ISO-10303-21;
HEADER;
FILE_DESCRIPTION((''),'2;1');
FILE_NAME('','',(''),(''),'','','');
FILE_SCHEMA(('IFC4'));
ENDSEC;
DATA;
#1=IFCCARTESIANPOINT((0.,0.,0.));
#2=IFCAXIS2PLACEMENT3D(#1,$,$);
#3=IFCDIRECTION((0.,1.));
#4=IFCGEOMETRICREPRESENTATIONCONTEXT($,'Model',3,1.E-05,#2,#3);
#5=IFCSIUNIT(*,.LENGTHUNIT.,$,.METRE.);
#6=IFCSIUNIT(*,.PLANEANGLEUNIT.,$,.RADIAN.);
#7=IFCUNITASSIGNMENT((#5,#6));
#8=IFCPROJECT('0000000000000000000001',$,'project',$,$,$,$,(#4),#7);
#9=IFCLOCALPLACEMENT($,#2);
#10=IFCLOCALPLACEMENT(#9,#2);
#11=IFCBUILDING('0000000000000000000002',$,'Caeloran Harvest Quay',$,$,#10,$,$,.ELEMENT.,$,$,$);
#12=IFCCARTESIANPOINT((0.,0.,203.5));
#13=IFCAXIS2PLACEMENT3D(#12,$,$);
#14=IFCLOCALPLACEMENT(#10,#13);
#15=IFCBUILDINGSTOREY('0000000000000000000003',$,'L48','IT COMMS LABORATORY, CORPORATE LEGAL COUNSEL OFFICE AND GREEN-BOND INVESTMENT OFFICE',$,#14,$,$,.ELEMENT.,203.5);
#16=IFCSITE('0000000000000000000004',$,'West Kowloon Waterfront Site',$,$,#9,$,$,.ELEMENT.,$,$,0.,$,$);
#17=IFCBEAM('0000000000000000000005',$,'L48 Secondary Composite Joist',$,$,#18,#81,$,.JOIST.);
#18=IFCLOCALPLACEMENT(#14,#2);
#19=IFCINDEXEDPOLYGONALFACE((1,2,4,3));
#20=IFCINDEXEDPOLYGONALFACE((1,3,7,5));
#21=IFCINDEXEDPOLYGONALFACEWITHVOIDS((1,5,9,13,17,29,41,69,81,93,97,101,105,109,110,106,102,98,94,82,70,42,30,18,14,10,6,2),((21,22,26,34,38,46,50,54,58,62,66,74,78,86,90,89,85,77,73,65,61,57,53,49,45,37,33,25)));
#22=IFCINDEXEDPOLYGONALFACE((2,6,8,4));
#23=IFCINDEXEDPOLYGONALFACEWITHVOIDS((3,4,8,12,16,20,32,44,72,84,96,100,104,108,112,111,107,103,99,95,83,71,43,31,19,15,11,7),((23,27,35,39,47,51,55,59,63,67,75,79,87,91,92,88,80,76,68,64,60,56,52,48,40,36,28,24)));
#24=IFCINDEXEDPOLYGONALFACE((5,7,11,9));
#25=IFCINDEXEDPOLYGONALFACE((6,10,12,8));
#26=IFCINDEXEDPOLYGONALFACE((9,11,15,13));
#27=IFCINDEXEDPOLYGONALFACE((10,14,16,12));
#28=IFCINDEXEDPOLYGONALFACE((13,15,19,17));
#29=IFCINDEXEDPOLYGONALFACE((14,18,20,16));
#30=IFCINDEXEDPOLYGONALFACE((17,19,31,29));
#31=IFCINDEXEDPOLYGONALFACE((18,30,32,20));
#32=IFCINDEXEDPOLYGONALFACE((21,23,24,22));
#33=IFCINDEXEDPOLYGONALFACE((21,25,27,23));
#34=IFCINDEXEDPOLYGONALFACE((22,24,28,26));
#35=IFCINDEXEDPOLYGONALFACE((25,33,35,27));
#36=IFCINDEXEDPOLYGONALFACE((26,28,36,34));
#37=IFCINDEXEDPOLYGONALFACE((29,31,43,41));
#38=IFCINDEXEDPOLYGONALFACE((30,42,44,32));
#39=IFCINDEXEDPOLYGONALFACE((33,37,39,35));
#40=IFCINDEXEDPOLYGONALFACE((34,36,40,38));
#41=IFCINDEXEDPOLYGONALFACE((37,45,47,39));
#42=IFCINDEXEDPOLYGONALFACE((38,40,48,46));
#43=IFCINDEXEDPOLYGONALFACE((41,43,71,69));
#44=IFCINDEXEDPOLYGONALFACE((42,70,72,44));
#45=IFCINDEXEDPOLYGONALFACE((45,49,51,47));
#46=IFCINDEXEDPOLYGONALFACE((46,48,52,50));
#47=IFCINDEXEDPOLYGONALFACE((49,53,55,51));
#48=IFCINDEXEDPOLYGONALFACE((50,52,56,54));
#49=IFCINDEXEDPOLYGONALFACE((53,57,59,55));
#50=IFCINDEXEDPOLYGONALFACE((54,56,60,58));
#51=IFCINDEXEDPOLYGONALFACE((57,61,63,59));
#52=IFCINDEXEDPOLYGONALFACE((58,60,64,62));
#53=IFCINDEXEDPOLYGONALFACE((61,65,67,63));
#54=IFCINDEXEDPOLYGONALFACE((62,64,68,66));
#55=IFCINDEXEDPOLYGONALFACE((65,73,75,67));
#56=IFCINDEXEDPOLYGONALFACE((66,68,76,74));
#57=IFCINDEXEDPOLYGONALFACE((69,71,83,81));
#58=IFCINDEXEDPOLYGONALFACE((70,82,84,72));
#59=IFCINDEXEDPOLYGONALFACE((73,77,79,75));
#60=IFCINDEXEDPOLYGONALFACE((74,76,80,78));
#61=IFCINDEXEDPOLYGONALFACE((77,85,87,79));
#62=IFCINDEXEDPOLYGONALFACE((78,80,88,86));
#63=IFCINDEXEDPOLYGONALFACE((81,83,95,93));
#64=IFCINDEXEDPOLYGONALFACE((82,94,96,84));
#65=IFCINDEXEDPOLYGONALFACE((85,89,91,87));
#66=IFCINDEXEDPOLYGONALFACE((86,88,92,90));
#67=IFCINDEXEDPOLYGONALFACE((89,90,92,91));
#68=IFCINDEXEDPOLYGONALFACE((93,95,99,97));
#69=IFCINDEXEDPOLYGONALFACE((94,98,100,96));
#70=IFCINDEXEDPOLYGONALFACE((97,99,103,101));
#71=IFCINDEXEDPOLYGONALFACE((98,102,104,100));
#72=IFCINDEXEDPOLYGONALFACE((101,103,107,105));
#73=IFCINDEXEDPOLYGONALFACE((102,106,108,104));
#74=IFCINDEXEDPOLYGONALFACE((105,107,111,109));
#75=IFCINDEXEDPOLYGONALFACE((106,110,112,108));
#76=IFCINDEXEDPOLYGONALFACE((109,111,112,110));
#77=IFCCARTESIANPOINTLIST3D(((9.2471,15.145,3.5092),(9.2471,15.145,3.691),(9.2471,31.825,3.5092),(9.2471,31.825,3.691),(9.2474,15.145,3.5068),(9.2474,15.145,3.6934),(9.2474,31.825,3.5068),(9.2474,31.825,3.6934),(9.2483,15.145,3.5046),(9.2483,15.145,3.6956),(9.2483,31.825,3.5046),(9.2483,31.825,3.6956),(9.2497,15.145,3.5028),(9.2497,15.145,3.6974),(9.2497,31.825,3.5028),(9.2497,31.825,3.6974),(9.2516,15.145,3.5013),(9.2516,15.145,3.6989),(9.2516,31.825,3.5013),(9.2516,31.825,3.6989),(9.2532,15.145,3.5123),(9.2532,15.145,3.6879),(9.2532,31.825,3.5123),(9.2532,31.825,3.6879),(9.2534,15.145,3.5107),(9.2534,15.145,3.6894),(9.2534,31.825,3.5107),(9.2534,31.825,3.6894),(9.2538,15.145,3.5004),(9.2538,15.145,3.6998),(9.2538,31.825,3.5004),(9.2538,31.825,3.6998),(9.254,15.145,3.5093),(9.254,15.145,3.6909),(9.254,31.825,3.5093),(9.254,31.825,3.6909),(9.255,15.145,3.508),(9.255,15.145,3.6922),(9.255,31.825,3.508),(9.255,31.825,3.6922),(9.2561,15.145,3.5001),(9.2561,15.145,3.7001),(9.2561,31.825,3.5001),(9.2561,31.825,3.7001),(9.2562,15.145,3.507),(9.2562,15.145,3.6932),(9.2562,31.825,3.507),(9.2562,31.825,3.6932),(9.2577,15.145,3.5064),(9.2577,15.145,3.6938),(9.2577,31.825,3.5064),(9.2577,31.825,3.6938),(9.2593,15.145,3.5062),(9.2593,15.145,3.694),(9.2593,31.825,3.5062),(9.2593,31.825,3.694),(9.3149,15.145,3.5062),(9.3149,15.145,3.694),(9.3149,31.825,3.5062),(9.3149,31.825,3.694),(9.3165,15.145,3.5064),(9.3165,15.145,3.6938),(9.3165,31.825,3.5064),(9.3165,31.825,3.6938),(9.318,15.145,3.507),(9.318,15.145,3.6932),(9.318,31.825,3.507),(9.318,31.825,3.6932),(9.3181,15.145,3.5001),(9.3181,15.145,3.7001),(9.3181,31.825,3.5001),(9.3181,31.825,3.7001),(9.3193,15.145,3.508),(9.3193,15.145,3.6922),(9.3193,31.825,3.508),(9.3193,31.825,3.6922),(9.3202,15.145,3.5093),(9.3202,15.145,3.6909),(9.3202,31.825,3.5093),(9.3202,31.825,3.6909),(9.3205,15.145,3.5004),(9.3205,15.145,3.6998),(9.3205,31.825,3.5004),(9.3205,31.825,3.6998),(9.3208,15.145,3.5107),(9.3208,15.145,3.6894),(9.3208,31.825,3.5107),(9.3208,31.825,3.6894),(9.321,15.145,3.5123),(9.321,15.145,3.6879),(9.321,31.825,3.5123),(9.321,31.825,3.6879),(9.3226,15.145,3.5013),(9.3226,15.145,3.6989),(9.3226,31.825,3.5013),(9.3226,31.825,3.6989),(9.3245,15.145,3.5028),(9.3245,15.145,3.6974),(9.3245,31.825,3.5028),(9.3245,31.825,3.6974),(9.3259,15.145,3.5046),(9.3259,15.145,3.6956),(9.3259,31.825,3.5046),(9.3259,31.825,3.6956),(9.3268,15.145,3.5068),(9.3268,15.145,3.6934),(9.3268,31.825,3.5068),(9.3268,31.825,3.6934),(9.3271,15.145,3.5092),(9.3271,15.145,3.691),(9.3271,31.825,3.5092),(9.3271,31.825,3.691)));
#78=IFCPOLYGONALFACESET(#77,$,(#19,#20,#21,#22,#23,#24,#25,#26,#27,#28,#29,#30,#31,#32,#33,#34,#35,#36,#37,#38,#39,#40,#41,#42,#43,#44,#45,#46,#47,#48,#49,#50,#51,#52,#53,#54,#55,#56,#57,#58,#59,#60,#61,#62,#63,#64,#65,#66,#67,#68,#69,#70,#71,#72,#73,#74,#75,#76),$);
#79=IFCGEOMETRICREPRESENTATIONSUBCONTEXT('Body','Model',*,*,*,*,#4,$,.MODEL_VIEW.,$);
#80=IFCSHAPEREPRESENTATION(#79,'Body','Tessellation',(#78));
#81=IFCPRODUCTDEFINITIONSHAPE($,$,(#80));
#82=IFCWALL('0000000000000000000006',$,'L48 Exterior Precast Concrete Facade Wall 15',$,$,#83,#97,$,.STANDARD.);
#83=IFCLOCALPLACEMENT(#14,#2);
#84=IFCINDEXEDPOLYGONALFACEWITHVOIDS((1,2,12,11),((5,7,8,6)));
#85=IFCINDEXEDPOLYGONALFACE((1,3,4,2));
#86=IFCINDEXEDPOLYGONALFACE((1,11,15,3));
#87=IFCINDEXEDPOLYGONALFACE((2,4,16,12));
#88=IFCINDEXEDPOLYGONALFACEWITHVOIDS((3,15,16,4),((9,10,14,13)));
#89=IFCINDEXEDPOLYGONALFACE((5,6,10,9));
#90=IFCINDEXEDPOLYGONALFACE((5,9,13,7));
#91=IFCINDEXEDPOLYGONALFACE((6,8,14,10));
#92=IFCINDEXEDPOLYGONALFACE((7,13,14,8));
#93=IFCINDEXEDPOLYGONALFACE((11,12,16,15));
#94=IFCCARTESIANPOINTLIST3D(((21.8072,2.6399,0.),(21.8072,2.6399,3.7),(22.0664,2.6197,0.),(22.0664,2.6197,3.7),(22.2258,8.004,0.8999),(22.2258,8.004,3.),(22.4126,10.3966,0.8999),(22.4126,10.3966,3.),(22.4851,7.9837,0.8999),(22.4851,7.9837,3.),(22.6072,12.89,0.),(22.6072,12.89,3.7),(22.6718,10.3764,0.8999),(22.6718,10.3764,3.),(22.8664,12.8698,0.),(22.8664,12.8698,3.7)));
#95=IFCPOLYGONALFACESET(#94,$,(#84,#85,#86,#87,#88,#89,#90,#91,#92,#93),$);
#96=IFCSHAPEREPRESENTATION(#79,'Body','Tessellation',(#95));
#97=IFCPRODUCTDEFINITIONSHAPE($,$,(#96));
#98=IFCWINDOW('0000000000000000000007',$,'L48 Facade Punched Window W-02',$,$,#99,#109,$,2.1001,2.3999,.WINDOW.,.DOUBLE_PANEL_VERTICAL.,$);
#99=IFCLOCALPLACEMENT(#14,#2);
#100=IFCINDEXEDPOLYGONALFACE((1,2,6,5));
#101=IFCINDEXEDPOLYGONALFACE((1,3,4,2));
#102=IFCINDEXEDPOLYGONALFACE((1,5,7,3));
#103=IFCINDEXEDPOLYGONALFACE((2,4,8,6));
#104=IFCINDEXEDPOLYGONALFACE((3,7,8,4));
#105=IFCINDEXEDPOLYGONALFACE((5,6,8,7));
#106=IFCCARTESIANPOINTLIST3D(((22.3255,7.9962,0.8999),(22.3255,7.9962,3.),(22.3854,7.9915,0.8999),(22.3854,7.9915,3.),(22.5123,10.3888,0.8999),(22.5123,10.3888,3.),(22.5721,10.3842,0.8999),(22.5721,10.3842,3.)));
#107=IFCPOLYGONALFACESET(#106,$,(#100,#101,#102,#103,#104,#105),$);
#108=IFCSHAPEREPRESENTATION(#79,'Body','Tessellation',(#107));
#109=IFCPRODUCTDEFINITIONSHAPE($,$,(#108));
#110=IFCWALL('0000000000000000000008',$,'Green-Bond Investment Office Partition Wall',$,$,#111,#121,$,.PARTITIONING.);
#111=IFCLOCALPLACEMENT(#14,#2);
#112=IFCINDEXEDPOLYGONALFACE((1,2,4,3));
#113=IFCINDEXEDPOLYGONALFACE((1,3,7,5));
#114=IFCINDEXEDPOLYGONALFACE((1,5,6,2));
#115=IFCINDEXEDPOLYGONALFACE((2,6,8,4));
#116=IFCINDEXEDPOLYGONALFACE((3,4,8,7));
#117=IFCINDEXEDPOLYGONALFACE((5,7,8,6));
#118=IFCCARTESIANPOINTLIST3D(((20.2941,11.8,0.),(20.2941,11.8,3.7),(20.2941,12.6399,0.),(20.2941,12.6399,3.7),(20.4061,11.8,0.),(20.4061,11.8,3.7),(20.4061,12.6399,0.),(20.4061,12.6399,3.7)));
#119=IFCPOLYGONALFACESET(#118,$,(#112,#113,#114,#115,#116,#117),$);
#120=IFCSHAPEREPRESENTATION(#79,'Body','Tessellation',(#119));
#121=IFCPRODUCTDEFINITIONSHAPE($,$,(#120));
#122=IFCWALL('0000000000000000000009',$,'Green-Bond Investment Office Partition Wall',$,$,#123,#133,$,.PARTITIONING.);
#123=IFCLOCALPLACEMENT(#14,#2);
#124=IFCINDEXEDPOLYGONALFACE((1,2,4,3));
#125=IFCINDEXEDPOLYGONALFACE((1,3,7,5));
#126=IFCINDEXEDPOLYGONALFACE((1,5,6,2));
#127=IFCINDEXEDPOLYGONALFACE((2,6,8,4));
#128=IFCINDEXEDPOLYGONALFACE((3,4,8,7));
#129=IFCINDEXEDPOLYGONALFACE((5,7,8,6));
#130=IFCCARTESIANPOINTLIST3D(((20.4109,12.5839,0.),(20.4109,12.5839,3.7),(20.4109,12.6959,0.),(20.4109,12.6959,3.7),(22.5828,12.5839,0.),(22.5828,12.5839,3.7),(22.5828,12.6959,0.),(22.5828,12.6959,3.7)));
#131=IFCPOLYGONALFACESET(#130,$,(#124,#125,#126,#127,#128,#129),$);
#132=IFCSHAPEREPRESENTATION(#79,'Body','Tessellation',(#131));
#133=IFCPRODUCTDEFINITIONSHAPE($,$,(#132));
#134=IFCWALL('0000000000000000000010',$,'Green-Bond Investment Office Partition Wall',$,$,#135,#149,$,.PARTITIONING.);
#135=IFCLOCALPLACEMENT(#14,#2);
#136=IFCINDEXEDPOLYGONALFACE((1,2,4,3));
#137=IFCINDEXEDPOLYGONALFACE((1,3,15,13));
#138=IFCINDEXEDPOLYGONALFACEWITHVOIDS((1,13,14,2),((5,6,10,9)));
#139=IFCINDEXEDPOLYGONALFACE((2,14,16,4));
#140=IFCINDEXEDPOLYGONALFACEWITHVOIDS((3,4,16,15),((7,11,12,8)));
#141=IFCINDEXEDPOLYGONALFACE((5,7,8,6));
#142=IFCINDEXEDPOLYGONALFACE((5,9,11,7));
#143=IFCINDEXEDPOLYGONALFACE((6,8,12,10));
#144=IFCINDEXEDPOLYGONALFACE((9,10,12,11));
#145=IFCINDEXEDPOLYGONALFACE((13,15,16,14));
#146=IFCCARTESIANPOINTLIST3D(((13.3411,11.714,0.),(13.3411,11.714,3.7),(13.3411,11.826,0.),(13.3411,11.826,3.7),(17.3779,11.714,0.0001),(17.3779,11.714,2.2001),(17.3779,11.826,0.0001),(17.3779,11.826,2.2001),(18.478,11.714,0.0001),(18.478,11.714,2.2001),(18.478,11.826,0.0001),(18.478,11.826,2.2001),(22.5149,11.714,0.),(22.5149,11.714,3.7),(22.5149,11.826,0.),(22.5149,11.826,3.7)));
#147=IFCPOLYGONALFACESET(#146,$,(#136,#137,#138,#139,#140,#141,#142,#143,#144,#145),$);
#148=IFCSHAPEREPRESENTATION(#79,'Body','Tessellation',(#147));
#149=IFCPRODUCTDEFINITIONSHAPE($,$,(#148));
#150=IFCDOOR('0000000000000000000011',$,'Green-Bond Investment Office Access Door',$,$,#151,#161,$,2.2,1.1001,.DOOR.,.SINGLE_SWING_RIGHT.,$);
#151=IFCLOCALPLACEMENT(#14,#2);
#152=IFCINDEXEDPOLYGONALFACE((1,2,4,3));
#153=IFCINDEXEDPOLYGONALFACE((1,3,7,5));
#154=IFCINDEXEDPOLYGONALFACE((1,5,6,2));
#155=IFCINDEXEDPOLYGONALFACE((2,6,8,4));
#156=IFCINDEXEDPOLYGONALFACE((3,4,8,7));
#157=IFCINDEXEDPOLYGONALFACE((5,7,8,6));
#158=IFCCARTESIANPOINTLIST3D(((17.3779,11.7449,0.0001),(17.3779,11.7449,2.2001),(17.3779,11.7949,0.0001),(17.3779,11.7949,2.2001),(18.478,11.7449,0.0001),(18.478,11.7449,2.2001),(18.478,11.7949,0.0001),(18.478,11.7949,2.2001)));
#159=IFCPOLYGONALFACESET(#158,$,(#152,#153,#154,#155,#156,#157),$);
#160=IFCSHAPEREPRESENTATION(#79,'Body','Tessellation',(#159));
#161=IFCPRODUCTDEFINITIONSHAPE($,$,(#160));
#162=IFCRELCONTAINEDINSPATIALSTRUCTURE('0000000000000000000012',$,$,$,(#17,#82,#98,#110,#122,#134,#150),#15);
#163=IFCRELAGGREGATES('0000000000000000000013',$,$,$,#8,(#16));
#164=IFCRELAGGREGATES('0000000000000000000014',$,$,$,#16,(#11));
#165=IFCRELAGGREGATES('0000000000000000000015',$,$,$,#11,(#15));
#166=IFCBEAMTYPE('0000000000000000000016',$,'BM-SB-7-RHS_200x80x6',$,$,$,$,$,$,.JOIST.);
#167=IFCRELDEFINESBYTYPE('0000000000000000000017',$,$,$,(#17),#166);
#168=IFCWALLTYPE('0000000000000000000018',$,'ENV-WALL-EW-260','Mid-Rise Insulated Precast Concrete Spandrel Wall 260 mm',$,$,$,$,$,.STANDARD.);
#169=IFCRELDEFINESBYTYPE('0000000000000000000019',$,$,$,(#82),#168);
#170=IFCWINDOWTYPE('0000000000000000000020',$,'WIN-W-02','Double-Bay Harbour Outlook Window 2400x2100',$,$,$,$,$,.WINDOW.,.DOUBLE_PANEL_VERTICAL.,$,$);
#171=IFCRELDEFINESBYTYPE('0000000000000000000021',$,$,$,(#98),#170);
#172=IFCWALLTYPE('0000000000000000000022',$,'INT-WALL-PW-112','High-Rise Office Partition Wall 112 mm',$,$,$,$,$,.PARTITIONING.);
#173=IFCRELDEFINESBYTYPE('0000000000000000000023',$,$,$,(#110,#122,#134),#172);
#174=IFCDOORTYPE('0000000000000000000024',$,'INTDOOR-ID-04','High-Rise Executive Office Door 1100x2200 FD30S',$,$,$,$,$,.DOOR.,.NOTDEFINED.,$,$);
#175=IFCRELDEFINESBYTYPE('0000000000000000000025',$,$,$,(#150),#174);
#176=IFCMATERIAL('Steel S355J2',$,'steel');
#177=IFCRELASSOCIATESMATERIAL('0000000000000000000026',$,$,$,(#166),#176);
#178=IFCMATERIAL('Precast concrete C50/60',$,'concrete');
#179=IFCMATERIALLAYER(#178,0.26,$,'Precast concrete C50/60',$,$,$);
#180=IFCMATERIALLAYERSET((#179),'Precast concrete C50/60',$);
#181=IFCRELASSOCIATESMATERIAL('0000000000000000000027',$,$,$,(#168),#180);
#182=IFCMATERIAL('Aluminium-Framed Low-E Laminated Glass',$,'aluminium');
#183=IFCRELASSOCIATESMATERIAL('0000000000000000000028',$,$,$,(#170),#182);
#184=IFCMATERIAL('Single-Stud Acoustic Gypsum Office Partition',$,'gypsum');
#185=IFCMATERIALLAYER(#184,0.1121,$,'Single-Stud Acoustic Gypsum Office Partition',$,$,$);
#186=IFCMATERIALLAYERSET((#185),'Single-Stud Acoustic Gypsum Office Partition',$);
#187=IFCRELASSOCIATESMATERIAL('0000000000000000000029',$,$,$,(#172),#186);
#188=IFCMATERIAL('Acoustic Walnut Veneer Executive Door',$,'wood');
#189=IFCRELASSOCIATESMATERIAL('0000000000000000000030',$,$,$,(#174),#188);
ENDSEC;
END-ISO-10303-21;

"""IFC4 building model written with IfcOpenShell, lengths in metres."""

from ifc_helpers import new_model, si_unit, direction, frame, frame_2d, origin, origin_2d, place, context, subcontext, project, spatial, rectangle, hollow_rectangle, extrude, material, layer, layer_set, material_profile, profile_set, type_object, element, fill, save


model = new_model("IFC4")

# Units and contexts
model_context = context("Model", 3, precision=1e-05, world=origin(), true_north=direction((0.0, 1.0)))
body_context = subcontext(model_context, "Body", "Model", "MODEL_VIEW")
ifc_project = project(units=[si_unit("LENGTHUNIT", "METRE"), si_unit("PLANEANGLEUNIT", "RADIAN")], contexts=[model_context])

# Site, building, storey
site_placement = place(None, origin())
site = spatial("IfcSite", under=ifc_project, at=site_placement, Name="West Kowloon Waterfront Site", CompositionType="ELEMENT", RefElevation=0.0)
building_placement = place(site_placement, origin())
building = spatial("IfcBuilding", under=site, at=building_placement, Name="Caeloran Harvest Quay", CompositionType="ELEMENT")
storey_placement = place(building_placement, frame((0.0, 0.0, 203.5)))
storey = spatial("IfcBuildingStorey", under=building, at=storey_placement, Name="L48", Description="IT COMMS LABORATORY, CORPORATE LEGAL COUNSEL OFFICE AND GREEN-BOND INVESTMENT OFFICE", CompositionType="ELEMENT", Elevation=203.5)

# Beam
ifc_material_1 = material(Name="Steel S355J2", Category="steel")
ifc_material_profile_1 = material_profile(ifc_material_1, hollow_rectangle(XDim=0.0801, YDim=0.2, WallThickness=0.0061, InnerFilletRadius=0.0061, OuterFilletRadius=0.009, at=origin_2d()), Name="RHS 200x80x6")
ifc_profile_set_1 = profile_set([ifc_material_profile_1], Name="Steel S355J2")
beam_type_1 = type_object("IfcBeamType", Name="BM-SB-7-RHS_200x80x6", PredefinedType="JOIST", material=ifc_profile_set_1)
for number, where, z_axis, x_axis, name in (
    (1, (9.2871, 15.145, 3.6001), (0.0, 1.0, 0.0), (-1.0, 0.0, 0.0), "L48 Secondary Composite Joist"),
):
    element("IfcBeam", number, at=place(storey_placement, frame(where, z_axis=z_axis, x_axis=x_axis)), inside=storey, type_object=beam_type_1, Name=name, PredefinedType="JOIST", context=body_context, shape_type="SweptSolid", body=[
        extrude(hollow_rectangle(XDim=0.0801, YDim=0.2, WallThickness=0.0061, InnerFilletRadius=0.0061, OuterFilletRadius=0.009, at=origin_2d()), origin(), (0.0, 0.0, 1.0), 16.6799),
    ])

# Wall, opening, window
ifc_material_2 = material(Name="Precast concrete C50/60", Category="concrete")
ifc_layer_1 = layer(ifc_material_2, 0.26, Name="Precast concrete C50/60")
ifc_layer_set_1 = layer_set([ifc_layer_1], Name="Precast concrete C50/60")
wall_type_1 = type_object("IfcWallType", Name="ENV-WALL-EW-260", Description="Mid-Rise Insulated Precast Concrete Spandrel Wall 260 mm", PredefinedType="STANDARD", material=ifc_layer_set_1)
wall_1_placement = place(storey_placement, frame((22.7368, 12.8799, 0.0), z_axis=(0.0, 0.0, 1.0), x_axis=(-0.077817, -0.996968, 0.0)))
wall_1 = element("IfcWall", 2, at=wall_1_placement, inside=storey, type_object=wall_type_1, Name="L48 Exterior Precast Concrete Facade Wall 15", PredefinedType="STANDARD", context=body_context, shape_type="SweptSolid", body=[
    extrude(rectangle(XDim=10.2812, YDim=0.26, at=frame_2d((5.1406, 0.0))), origin(), (0.0, 0.0, 1.0), 3.7),
])
opening_1_placement = place(wall_1_placement, frame((2.501, 0.0, 0.8999)))
opening_1 = element("IfcOpeningElement", 3, at=opening_1_placement, cuts=wall_1, PredefinedType="OPENING", context=body_context, shape_type="SweptSolid", body=[
    extrude(rectangle(XDim=2.3999, YDim=2.1001, at=frame_2d((1.2, 1.05))), frame((0.0, 0.1401, 0.0), z_axis=(0.0, -1.0, 0.0), x_axis=(1.0, 0.0, 0.0)), (0.0, 0.0, 1.0), 0.28),
])
ifc_material_3 = material(Name="Aluminium-Framed Low-E Laminated Glass", Category="aluminium")
window_type = type_object("IfcWindowType", Name="WIN-W-02", Description="Double-Bay Harbour Outlook Window 2400x2100", PartitioningType="DOUBLE_PANEL_VERTICAL", PredefinedType="WINDOW", material=ifc_material_3)
window_placement = place(opening_1_placement, origin())
window = element("IfcWindow", 4, at=window_placement, inside=storey, type_object=window_type, Name="L48 Facade Punched Window W-02", OverallHeight=2.1001, OverallWidth=2.3999, PartitioningType="DOUBLE_PANEL_VERTICAL", PredefinedType="WINDOW", context=body_context, shape_type="SweptSolid", body=[
    extrude(rectangle(XDim=2.3999, YDim=2.1001, at=frame_2d((1.2, 1.05))), frame((0.0, 0.03, 0.0), z_axis=(0.0, -1.0, 0.0), x_axis=(1.0, 0.0, 0.0)), (0.0, 0.0, 1.0), 0.0601),
])
fill(opening_1, window)

# Walls
ifc_material_4 = material(Name="Single-Stud Acoustic Gypsum Office Partition", Category="gypsum")
ifc_layer_2 = layer(ifc_material_4, 0.1121, Name="Single-Stud Acoustic Gypsum Office Partition")
ifc_layer_set_2 = layer_set([ifc_layer_2], Name="Single-Stud Acoustic Gypsum Office Partition")
wall_type_2 = type_object("IfcWallType", Name="INT-WALL-PW-112", Description="High-Rise Office Partition Wall 112 mm", PredefinedType="PARTITIONING", material=ifc_layer_set_2)
wall_2_placement = place(storey_placement, frame((20.3501, 11.8, 0.0), z_axis=(0.0, 0.0, 1.0), x_axis=(0.0, 1.0, 0.0)))
element("IfcWall", 5, at=wall_2_placement, inside=storey, type_object=wall_type_2, Name="Green-Bond Investment Office Partition Wall", PredefinedType="PARTITIONING", context=body_context, shape_type="SweptSolid", body=[
    extrude(rectangle(XDim=0.8398, YDim=0.1121, at=frame_2d((0.4199, 0.0))), origin(), (0.0, 0.0, 1.0), 3.7),
])
wall_3_placement = place(storey_placement, frame((20.4109, 12.6399, 0.0), z_axis=(0.0, 0.0, 1.0), x_axis=(1.0, 0.0, 0.0)))
element("IfcWall", 6, at=wall_3_placement, inside=storey, type_object=wall_type_2, Name="Green-Bond Investment Office Partition Wall", PredefinedType="PARTITIONING", context=body_context, shape_type="SweptSolid", body=[
    extrude(rectangle(XDim=2.1719, YDim=0.1121, at=frame_2d((1.0859, 0.0))), origin(), (0.0, 0.0, 1.0), 3.7),
])

# Wall, opening, door
wall_4_placement = place(storey_placement, frame((13.3411, 11.77, 0.0), z_axis=(0.0, 0.0, 1.0), x_axis=(1.0, 0.0, 0.0)))
wall_4 = element("IfcWall", 7, at=wall_4_placement, inside=storey, type_object=wall_type_2, Name="Green-Bond Investment Office Partition Wall", PredefinedType="PARTITIONING", context=body_context, shape_type="SweptSolid", body=[
    extrude(rectangle(XDim=9.1738, YDim=0.1121, at=frame_2d((4.5869, 0.0))), origin(), (0.0, 0.0, 1.0), 3.7),
])
opening_2_placement = place(wall_4_placement, frame((4.0369, 0.0, 0.0)))
opening_2 = element("IfcOpeningElement", 8, at=opening_2_placement, cuts=wall_4, PredefinedType="OPENING", context=body_context, shape_type="SweptSolid", body=[
    extrude(rectangle(XDim=1.1001, YDim=2.2, at=frame_2d((0.55, 1.1001))), frame((0.0, 0.0659, 0.0), z_axis=(0.0, -1.0, 0.0), x_axis=(1.0, 0.0, 0.0)), (0.0, 0.0, 1.0), 0.1321),
])
ifc_material_5 = material(Name="Acoustic Walnut Veneer Executive Door", Category="wood")
door_type = type_object("IfcDoorType", Name="INTDOOR-ID-04", Description="High-Rise Executive Office Door 1100x2200 FD30S", OperationType="NOTDEFINED", PredefinedType="DOOR", material=ifc_material_5)
door_1_placement = place(opening_2_placement, origin())
door_1 = element("IfcDoor", 9, at=door_1_placement, inside=storey, type_object=door_type, Name="Green-Bond Investment Office Access Door", OperationType="SINGLE_SWING_RIGHT", OverallHeight=2.2, OverallWidth=1.1001, PredefinedType="DOOR", context=body_context, shape_type="SweptSolid", body=[
    extrude(rectangle(XDim=1.1001, YDim=2.2, at=frame_2d((0.55, 1.1001))), frame((0.0, 0.0249, 0.0), z_axis=(0.0, -1.0, 0.0), x_axis=(1.0, 0.0, 0.0)), (0.0, 0.0, 1.0), 0.05),
])
fill(opening_2, door_1)

save(model, "model.ifc")
